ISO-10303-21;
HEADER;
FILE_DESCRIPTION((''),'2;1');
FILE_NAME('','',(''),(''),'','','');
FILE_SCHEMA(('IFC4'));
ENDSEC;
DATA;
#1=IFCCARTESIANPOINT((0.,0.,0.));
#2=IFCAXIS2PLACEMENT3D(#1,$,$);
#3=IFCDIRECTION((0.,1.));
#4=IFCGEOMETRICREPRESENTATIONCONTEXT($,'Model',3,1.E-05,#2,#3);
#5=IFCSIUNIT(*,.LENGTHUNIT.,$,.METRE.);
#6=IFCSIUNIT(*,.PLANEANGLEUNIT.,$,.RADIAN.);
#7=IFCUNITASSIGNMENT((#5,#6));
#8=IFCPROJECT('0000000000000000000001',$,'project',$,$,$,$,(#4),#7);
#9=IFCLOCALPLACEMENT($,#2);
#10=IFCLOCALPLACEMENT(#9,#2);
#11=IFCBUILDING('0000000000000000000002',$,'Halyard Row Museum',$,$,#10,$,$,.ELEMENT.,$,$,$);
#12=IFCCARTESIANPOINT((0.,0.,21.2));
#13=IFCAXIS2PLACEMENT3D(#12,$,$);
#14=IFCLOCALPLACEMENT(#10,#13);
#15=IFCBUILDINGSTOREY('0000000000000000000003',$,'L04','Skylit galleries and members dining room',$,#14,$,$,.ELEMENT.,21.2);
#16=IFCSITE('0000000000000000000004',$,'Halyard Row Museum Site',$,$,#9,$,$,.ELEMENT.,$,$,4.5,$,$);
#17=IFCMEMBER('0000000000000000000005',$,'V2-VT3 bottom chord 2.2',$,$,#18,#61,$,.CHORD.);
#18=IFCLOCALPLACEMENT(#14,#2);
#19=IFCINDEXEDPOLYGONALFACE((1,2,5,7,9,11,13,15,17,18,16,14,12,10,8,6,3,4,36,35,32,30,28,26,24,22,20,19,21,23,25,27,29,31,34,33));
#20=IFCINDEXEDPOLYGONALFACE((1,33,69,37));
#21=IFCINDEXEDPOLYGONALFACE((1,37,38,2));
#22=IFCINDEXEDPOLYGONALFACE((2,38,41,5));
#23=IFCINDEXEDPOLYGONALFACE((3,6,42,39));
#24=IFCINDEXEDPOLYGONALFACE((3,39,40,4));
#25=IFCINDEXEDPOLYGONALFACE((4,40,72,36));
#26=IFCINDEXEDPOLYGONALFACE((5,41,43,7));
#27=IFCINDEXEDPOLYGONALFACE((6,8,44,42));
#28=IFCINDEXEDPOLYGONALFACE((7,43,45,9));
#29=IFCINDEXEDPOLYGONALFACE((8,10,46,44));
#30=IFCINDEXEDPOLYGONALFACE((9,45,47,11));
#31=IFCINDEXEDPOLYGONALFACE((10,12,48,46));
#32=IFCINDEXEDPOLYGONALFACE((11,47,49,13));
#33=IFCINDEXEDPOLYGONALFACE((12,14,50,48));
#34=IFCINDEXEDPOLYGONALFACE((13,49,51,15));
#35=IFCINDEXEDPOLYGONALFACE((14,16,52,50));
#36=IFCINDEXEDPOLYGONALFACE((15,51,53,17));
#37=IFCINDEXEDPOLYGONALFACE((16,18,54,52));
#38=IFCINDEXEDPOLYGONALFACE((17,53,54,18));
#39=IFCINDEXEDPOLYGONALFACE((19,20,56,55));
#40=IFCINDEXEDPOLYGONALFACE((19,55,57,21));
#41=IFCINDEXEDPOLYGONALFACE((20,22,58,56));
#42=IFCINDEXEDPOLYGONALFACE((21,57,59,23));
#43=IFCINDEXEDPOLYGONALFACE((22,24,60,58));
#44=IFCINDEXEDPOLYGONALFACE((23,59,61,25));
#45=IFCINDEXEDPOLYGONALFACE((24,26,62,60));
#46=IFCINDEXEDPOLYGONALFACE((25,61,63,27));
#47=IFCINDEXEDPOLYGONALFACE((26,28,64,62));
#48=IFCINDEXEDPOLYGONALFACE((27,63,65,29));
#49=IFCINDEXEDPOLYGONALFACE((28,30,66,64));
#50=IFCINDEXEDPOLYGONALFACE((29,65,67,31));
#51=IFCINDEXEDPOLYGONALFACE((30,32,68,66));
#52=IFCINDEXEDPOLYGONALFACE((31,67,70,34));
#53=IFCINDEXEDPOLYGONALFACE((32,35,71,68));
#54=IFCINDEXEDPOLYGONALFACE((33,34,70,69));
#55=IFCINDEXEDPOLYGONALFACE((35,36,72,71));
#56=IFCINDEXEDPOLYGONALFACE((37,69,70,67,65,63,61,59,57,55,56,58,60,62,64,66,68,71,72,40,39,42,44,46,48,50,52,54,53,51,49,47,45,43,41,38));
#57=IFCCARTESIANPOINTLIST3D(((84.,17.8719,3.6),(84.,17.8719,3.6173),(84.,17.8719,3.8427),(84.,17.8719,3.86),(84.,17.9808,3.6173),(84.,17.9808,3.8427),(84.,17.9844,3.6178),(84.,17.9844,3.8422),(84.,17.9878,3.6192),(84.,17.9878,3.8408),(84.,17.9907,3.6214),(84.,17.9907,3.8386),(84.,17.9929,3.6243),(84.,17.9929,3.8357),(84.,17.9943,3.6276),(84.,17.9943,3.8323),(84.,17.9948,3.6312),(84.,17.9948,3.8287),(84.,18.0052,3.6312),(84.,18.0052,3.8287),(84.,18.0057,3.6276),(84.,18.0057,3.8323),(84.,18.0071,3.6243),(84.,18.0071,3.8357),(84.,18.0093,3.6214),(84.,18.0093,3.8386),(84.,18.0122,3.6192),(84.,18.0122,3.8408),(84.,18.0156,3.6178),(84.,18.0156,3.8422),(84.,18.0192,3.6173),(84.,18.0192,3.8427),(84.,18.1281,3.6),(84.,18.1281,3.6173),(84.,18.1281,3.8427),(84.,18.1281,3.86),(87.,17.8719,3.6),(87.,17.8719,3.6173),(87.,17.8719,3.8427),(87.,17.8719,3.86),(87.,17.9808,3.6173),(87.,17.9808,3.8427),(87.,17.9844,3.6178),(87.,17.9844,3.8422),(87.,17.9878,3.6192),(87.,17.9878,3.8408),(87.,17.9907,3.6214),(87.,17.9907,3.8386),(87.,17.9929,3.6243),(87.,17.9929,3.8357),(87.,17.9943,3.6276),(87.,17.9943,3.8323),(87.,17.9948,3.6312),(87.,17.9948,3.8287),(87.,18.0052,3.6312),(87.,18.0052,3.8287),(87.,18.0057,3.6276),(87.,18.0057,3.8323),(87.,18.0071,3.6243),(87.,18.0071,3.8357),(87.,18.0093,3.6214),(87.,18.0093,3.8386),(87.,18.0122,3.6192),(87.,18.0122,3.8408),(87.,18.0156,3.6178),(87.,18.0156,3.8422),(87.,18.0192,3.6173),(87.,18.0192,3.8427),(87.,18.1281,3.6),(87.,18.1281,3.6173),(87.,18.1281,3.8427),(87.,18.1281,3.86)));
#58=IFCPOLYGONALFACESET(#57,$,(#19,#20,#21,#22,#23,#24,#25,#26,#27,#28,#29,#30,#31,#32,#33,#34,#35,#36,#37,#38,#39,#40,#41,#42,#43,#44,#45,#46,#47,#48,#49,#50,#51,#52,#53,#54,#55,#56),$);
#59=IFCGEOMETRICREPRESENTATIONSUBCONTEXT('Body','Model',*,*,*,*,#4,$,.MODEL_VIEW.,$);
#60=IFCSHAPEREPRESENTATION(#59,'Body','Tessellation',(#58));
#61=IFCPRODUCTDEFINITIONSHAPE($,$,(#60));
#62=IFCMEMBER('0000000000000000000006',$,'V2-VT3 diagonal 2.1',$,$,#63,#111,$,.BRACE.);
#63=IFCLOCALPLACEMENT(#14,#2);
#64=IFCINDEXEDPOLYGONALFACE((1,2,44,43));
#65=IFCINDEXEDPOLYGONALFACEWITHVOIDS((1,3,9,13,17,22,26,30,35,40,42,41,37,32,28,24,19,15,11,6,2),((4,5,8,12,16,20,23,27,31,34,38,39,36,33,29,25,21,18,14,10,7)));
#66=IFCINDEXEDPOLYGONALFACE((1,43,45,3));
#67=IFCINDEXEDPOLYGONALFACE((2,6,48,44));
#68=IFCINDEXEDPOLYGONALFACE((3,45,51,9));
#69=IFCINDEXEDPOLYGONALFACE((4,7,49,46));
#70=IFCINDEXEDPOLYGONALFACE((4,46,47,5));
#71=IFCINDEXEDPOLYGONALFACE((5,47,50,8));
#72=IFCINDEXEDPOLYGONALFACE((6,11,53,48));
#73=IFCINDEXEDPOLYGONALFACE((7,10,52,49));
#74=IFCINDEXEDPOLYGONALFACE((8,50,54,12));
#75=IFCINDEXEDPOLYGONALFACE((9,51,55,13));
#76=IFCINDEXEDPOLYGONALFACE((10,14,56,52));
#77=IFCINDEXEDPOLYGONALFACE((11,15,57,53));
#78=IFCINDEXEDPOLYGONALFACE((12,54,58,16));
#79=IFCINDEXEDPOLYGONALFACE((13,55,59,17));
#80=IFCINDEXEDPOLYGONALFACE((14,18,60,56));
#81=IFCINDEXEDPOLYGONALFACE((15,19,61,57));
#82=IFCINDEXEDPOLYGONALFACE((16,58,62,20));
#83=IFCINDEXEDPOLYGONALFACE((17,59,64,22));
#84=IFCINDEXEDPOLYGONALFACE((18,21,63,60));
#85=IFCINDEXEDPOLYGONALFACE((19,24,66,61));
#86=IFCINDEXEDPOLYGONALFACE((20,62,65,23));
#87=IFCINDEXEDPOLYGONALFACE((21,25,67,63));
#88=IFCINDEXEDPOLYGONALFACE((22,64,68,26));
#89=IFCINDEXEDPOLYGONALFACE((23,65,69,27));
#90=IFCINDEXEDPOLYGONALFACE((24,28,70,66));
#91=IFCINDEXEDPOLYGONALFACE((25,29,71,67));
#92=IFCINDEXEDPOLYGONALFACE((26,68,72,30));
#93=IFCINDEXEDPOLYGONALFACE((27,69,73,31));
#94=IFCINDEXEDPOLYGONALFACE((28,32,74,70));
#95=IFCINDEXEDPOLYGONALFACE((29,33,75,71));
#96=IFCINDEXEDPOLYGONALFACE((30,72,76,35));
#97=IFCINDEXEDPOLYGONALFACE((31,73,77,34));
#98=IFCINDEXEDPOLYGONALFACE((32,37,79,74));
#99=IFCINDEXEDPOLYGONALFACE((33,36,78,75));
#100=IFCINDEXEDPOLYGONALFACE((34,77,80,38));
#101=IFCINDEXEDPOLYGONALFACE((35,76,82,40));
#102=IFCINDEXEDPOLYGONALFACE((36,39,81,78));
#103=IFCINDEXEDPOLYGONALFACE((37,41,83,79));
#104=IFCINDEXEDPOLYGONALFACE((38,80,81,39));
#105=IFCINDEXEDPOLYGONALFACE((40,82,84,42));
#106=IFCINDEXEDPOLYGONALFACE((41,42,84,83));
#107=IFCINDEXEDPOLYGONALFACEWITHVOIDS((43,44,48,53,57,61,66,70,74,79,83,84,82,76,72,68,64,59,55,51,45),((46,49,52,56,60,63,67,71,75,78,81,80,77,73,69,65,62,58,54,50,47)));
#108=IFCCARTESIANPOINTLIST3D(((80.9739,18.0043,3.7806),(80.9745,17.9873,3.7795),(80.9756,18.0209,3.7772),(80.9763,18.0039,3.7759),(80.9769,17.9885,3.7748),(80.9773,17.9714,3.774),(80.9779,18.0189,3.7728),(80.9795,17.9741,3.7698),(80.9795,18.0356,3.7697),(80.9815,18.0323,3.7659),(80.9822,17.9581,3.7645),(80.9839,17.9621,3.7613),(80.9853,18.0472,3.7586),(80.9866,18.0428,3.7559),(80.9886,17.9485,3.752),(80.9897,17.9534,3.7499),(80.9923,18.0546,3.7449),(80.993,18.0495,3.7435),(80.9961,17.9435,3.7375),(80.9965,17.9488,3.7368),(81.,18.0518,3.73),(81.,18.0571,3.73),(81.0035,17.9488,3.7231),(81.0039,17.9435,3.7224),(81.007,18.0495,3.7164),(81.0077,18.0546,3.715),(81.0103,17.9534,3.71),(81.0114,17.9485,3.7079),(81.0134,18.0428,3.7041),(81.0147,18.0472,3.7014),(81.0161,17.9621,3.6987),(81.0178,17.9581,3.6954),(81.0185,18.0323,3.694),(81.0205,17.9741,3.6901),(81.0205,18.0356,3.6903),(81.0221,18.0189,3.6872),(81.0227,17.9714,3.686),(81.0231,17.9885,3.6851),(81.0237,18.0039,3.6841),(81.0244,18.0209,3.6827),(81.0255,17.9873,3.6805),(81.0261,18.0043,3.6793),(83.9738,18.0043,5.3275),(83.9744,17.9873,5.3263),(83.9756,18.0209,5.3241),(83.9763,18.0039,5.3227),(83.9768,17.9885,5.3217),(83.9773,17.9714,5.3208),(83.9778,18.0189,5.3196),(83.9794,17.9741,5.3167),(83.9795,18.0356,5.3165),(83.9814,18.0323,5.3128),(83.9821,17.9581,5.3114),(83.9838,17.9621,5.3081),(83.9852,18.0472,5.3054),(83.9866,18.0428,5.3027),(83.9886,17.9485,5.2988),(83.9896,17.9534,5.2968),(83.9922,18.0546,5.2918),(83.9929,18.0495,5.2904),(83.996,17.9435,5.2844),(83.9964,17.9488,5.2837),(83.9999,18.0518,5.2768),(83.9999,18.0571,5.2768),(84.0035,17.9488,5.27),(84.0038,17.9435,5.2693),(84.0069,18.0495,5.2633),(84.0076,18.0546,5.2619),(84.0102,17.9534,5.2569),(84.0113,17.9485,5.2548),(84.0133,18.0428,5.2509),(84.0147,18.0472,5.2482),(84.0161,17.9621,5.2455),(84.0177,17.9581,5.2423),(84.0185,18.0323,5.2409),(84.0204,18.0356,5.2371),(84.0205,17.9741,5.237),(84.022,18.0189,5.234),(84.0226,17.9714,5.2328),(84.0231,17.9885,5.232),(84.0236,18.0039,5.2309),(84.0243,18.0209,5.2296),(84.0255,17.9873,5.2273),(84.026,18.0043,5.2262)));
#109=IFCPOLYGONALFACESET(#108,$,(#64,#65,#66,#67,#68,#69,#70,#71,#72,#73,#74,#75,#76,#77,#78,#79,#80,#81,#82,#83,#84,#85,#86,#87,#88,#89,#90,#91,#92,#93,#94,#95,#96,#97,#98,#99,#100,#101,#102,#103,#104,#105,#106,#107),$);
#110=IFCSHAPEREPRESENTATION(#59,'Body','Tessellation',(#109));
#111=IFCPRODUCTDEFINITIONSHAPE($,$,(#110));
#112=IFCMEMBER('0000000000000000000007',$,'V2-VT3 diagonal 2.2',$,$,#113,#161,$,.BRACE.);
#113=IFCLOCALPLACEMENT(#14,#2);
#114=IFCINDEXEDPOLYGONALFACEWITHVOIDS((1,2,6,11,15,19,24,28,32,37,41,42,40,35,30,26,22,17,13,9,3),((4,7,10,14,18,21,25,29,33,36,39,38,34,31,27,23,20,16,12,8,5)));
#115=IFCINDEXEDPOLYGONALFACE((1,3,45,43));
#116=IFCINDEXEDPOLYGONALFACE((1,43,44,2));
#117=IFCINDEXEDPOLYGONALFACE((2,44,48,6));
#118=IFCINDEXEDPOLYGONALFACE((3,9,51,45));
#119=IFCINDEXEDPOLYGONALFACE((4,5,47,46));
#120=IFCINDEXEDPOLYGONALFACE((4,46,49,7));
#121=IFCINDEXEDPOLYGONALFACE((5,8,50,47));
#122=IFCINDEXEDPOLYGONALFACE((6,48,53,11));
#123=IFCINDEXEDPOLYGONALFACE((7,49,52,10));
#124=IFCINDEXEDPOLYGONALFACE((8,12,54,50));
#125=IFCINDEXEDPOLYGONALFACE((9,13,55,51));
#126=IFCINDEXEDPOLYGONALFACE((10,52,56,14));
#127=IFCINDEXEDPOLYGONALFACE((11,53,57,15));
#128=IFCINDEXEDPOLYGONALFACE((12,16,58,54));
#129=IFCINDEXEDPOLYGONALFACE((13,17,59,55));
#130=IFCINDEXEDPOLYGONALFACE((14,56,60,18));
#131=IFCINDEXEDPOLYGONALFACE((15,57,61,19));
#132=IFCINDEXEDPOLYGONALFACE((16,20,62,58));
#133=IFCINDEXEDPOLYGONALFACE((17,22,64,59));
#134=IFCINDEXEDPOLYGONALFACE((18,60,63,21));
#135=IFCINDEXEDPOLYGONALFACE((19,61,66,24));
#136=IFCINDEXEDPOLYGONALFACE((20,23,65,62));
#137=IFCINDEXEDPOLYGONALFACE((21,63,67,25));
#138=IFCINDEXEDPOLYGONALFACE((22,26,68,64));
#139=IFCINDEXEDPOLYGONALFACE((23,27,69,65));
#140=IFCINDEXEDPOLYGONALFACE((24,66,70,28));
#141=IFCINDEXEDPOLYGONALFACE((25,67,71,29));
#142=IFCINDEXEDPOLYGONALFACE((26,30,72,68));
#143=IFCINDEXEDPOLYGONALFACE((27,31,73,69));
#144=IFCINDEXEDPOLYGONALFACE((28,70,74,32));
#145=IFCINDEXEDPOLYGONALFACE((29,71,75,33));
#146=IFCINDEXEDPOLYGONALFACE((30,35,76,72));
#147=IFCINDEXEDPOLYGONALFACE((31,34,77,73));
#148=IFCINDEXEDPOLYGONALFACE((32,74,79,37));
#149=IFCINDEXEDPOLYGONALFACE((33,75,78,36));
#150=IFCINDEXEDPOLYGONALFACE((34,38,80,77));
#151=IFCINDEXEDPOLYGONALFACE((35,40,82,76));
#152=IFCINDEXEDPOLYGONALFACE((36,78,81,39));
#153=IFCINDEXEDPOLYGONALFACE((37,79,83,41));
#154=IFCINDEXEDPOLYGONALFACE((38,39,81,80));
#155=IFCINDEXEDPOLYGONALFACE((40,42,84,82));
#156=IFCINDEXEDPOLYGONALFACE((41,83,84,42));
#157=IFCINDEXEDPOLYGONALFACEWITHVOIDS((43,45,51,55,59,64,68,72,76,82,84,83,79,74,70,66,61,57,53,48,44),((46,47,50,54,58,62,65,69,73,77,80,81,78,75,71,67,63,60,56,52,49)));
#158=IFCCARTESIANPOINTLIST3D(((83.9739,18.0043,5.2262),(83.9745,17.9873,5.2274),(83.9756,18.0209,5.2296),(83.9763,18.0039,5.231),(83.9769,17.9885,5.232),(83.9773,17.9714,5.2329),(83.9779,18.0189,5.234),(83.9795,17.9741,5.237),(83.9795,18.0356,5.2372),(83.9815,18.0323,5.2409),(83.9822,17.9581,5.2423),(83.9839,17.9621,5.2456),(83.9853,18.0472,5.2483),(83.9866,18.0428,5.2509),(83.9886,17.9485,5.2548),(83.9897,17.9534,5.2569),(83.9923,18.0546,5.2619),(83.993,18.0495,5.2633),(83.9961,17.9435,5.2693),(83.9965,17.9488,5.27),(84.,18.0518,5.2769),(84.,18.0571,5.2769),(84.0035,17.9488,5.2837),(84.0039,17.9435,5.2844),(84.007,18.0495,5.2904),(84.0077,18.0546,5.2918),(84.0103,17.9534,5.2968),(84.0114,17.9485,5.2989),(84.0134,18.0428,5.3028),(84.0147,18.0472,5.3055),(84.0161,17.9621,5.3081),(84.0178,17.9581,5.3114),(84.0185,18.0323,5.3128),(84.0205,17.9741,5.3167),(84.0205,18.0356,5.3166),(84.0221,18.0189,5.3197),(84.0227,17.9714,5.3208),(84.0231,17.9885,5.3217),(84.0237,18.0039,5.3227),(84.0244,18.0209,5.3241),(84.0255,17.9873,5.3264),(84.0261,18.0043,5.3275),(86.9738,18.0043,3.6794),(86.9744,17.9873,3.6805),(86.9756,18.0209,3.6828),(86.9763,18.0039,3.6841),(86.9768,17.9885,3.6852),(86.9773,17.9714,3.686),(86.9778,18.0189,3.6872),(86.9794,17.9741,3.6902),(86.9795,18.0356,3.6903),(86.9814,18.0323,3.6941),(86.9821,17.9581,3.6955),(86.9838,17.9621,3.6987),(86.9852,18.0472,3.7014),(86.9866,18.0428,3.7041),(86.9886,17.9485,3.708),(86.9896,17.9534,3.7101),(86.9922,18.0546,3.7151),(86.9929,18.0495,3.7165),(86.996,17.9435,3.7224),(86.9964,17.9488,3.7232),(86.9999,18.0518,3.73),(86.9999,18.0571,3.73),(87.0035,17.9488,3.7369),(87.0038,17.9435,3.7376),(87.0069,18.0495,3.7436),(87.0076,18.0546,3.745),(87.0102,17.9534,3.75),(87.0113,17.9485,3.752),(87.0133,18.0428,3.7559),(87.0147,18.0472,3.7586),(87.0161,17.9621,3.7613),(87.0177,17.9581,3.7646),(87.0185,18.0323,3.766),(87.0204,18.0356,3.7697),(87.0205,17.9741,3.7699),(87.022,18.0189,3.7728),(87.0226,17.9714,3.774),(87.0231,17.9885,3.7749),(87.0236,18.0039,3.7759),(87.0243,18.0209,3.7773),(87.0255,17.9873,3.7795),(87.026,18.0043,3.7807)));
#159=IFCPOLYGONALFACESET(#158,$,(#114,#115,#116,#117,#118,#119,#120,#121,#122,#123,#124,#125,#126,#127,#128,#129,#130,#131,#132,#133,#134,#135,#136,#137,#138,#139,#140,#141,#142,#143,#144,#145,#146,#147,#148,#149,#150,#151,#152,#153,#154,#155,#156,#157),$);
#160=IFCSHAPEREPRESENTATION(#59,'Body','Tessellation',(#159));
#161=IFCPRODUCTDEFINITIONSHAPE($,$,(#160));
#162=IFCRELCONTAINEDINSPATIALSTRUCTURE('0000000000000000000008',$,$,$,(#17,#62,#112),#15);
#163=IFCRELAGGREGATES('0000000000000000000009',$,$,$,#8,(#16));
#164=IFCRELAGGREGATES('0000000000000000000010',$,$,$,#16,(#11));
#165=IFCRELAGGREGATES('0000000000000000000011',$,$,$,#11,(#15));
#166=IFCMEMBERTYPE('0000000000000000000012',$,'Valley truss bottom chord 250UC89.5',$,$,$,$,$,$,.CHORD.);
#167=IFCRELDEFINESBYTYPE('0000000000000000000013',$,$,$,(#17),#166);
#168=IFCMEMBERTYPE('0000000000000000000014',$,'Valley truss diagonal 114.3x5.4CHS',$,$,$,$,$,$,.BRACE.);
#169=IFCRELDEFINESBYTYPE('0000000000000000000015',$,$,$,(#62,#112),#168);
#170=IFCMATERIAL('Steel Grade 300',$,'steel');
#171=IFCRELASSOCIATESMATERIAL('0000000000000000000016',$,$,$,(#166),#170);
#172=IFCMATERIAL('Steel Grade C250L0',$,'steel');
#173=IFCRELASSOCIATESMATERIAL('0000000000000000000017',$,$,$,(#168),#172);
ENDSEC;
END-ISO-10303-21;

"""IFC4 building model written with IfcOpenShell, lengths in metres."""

from ifc_helpers import new_model, si_unit, direction, frame, origin, origin_2d, place, context, subcontext, project, spatial, hollow_circle, i_section, extrude, material, material_profile, profile_set, type_object, element, save


model = new_model("IFC4")

# Units and contexts
model_context = context("Model", 3, precision=1e-05, world=origin(), true_north=direction((0.0, 1.0)))
body_context = subcontext(model_context, "Body", "Model", "MODEL_VIEW")
ifc_project = project(units=[si_unit("LENGTHUNIT", "METRE"), si_unit("PLANEANGLEUNIT", "RADIAN")], contexts=[model_context])

# Site, building, storey
site_placement = place(None, origin())
site = spatial("IfcSite", under=ifc_project, at=site_placement, Name="Halyard Row Museum Site", CompositionType="ELEMENT", RefElevation=4.5)
building_placement = place(site_placement, origin())
building = spatial("IfcBuilding", under=site, at=building_placement, Name="Halyard Row Museum", CompositionType="ELEMENT")
storey_placement = place(building_placement, frame((0.0, 0.0, 21.2)))
storey = spatial("IfcBuildingStorey", under=building, at=storey_placement, Name="L04", Description="Skylit galleries and members dining room", CompositionType="ELEMENT", Elevation=21.2)

# Members
ifc_material_1 = material(Name="Steel Grade 300", Category="steel")
ifc_material_profile_1 = material_profile(ifc_material_1, i_section(OverallWidth=0.2561, OverallDepth=0.26, WebThickness=0.0105, FlangeThickness=0.0173, FilletRadius=0.0139, at=origin_2d()), Name="250UC89.5")
ifc_profile_set_1 = profile_set([ifc_material_profile_1], Name="Steel Grade 300")
member_type_1 = type_object("IfcMemberType", Name="Valley truss bottom chord 250UC89.5", PredefinedType="CHORD", material=ifc_profile_set_1)
for number, where, z_axis, x_axis, name in (
    (1, (84.0, 18.0, 3.73), (1.0, 0.0, 0.0), (0.0, 1.0, 0.0), "V2-VT3 bottom chord 2.2"),
):
    element("IfcMember", number, at=place(storey_placement, frame(where, z_axis=z_axis, x_axis=x_axis)), inside=storey, type_object=member_type_1, Name=name, PredefinedType="CHORD", context=body_context, shape_type="SweptSolid", body=[
        extrude(i_section(OverallWidth=0.2561, OverallDepth=0.26, WebThickness=0.0105, FlangeThickness=0.0173, FilletRadius=0.0139, at=origin_2d()), origin(), (0.0, 0.0, 1.0), 3.0),
    ])
ifc_material_2 = material(Name="Steel Grade C250L0", Category="steel")
ifc_material_profile_2 = material_profile(ifc_material_2, hollow_circle(Radius=0.0571, WallThickness=0.0054, at=origin_2d()), Name="114.3x5.4CHS")
ifc_profile_set_2 = profile_set([ifc_material_profile_2], Name="Steel Grade C250L0")
member_type_2 = type_object("IfcMemberType", Name="Valley truss diagonal 114.3x5.4CHS", PredefinedType="BRACE", material=ifc_profile_set_2)
for number, where, z_axis, x_axis, name in (
    (2, (81.0, 18.0, 3.73), (0.888803, 0.0, 0.458289), (0.0, 1.0, 0.0), "V2-VT3 diagonal 2.1"),
    (3, (84.0, 18.0, 5.2769), (0.888803, 0.0, -0.458289), (0.0, 1.0, 0.0), "V2-VT3 diagonal 2.2"),
):
    element("IfcMember", number, at=place(storey_placement, frame(where, z_axis=z_axis, x_axis=x_axis)), inside=storey, type_object=member_type_2, Name=name, PredefinedType="BRACE", context=body_context, shape_type="SweptSolid", body=[
        extrude(hollow_circle(Radius=0.0571, WallThickness=0.0054, at=origin_2d()), origin(), (0.0, 0.0, 1.0), 3.3752),
    ])

save(model, "model.ifc")
